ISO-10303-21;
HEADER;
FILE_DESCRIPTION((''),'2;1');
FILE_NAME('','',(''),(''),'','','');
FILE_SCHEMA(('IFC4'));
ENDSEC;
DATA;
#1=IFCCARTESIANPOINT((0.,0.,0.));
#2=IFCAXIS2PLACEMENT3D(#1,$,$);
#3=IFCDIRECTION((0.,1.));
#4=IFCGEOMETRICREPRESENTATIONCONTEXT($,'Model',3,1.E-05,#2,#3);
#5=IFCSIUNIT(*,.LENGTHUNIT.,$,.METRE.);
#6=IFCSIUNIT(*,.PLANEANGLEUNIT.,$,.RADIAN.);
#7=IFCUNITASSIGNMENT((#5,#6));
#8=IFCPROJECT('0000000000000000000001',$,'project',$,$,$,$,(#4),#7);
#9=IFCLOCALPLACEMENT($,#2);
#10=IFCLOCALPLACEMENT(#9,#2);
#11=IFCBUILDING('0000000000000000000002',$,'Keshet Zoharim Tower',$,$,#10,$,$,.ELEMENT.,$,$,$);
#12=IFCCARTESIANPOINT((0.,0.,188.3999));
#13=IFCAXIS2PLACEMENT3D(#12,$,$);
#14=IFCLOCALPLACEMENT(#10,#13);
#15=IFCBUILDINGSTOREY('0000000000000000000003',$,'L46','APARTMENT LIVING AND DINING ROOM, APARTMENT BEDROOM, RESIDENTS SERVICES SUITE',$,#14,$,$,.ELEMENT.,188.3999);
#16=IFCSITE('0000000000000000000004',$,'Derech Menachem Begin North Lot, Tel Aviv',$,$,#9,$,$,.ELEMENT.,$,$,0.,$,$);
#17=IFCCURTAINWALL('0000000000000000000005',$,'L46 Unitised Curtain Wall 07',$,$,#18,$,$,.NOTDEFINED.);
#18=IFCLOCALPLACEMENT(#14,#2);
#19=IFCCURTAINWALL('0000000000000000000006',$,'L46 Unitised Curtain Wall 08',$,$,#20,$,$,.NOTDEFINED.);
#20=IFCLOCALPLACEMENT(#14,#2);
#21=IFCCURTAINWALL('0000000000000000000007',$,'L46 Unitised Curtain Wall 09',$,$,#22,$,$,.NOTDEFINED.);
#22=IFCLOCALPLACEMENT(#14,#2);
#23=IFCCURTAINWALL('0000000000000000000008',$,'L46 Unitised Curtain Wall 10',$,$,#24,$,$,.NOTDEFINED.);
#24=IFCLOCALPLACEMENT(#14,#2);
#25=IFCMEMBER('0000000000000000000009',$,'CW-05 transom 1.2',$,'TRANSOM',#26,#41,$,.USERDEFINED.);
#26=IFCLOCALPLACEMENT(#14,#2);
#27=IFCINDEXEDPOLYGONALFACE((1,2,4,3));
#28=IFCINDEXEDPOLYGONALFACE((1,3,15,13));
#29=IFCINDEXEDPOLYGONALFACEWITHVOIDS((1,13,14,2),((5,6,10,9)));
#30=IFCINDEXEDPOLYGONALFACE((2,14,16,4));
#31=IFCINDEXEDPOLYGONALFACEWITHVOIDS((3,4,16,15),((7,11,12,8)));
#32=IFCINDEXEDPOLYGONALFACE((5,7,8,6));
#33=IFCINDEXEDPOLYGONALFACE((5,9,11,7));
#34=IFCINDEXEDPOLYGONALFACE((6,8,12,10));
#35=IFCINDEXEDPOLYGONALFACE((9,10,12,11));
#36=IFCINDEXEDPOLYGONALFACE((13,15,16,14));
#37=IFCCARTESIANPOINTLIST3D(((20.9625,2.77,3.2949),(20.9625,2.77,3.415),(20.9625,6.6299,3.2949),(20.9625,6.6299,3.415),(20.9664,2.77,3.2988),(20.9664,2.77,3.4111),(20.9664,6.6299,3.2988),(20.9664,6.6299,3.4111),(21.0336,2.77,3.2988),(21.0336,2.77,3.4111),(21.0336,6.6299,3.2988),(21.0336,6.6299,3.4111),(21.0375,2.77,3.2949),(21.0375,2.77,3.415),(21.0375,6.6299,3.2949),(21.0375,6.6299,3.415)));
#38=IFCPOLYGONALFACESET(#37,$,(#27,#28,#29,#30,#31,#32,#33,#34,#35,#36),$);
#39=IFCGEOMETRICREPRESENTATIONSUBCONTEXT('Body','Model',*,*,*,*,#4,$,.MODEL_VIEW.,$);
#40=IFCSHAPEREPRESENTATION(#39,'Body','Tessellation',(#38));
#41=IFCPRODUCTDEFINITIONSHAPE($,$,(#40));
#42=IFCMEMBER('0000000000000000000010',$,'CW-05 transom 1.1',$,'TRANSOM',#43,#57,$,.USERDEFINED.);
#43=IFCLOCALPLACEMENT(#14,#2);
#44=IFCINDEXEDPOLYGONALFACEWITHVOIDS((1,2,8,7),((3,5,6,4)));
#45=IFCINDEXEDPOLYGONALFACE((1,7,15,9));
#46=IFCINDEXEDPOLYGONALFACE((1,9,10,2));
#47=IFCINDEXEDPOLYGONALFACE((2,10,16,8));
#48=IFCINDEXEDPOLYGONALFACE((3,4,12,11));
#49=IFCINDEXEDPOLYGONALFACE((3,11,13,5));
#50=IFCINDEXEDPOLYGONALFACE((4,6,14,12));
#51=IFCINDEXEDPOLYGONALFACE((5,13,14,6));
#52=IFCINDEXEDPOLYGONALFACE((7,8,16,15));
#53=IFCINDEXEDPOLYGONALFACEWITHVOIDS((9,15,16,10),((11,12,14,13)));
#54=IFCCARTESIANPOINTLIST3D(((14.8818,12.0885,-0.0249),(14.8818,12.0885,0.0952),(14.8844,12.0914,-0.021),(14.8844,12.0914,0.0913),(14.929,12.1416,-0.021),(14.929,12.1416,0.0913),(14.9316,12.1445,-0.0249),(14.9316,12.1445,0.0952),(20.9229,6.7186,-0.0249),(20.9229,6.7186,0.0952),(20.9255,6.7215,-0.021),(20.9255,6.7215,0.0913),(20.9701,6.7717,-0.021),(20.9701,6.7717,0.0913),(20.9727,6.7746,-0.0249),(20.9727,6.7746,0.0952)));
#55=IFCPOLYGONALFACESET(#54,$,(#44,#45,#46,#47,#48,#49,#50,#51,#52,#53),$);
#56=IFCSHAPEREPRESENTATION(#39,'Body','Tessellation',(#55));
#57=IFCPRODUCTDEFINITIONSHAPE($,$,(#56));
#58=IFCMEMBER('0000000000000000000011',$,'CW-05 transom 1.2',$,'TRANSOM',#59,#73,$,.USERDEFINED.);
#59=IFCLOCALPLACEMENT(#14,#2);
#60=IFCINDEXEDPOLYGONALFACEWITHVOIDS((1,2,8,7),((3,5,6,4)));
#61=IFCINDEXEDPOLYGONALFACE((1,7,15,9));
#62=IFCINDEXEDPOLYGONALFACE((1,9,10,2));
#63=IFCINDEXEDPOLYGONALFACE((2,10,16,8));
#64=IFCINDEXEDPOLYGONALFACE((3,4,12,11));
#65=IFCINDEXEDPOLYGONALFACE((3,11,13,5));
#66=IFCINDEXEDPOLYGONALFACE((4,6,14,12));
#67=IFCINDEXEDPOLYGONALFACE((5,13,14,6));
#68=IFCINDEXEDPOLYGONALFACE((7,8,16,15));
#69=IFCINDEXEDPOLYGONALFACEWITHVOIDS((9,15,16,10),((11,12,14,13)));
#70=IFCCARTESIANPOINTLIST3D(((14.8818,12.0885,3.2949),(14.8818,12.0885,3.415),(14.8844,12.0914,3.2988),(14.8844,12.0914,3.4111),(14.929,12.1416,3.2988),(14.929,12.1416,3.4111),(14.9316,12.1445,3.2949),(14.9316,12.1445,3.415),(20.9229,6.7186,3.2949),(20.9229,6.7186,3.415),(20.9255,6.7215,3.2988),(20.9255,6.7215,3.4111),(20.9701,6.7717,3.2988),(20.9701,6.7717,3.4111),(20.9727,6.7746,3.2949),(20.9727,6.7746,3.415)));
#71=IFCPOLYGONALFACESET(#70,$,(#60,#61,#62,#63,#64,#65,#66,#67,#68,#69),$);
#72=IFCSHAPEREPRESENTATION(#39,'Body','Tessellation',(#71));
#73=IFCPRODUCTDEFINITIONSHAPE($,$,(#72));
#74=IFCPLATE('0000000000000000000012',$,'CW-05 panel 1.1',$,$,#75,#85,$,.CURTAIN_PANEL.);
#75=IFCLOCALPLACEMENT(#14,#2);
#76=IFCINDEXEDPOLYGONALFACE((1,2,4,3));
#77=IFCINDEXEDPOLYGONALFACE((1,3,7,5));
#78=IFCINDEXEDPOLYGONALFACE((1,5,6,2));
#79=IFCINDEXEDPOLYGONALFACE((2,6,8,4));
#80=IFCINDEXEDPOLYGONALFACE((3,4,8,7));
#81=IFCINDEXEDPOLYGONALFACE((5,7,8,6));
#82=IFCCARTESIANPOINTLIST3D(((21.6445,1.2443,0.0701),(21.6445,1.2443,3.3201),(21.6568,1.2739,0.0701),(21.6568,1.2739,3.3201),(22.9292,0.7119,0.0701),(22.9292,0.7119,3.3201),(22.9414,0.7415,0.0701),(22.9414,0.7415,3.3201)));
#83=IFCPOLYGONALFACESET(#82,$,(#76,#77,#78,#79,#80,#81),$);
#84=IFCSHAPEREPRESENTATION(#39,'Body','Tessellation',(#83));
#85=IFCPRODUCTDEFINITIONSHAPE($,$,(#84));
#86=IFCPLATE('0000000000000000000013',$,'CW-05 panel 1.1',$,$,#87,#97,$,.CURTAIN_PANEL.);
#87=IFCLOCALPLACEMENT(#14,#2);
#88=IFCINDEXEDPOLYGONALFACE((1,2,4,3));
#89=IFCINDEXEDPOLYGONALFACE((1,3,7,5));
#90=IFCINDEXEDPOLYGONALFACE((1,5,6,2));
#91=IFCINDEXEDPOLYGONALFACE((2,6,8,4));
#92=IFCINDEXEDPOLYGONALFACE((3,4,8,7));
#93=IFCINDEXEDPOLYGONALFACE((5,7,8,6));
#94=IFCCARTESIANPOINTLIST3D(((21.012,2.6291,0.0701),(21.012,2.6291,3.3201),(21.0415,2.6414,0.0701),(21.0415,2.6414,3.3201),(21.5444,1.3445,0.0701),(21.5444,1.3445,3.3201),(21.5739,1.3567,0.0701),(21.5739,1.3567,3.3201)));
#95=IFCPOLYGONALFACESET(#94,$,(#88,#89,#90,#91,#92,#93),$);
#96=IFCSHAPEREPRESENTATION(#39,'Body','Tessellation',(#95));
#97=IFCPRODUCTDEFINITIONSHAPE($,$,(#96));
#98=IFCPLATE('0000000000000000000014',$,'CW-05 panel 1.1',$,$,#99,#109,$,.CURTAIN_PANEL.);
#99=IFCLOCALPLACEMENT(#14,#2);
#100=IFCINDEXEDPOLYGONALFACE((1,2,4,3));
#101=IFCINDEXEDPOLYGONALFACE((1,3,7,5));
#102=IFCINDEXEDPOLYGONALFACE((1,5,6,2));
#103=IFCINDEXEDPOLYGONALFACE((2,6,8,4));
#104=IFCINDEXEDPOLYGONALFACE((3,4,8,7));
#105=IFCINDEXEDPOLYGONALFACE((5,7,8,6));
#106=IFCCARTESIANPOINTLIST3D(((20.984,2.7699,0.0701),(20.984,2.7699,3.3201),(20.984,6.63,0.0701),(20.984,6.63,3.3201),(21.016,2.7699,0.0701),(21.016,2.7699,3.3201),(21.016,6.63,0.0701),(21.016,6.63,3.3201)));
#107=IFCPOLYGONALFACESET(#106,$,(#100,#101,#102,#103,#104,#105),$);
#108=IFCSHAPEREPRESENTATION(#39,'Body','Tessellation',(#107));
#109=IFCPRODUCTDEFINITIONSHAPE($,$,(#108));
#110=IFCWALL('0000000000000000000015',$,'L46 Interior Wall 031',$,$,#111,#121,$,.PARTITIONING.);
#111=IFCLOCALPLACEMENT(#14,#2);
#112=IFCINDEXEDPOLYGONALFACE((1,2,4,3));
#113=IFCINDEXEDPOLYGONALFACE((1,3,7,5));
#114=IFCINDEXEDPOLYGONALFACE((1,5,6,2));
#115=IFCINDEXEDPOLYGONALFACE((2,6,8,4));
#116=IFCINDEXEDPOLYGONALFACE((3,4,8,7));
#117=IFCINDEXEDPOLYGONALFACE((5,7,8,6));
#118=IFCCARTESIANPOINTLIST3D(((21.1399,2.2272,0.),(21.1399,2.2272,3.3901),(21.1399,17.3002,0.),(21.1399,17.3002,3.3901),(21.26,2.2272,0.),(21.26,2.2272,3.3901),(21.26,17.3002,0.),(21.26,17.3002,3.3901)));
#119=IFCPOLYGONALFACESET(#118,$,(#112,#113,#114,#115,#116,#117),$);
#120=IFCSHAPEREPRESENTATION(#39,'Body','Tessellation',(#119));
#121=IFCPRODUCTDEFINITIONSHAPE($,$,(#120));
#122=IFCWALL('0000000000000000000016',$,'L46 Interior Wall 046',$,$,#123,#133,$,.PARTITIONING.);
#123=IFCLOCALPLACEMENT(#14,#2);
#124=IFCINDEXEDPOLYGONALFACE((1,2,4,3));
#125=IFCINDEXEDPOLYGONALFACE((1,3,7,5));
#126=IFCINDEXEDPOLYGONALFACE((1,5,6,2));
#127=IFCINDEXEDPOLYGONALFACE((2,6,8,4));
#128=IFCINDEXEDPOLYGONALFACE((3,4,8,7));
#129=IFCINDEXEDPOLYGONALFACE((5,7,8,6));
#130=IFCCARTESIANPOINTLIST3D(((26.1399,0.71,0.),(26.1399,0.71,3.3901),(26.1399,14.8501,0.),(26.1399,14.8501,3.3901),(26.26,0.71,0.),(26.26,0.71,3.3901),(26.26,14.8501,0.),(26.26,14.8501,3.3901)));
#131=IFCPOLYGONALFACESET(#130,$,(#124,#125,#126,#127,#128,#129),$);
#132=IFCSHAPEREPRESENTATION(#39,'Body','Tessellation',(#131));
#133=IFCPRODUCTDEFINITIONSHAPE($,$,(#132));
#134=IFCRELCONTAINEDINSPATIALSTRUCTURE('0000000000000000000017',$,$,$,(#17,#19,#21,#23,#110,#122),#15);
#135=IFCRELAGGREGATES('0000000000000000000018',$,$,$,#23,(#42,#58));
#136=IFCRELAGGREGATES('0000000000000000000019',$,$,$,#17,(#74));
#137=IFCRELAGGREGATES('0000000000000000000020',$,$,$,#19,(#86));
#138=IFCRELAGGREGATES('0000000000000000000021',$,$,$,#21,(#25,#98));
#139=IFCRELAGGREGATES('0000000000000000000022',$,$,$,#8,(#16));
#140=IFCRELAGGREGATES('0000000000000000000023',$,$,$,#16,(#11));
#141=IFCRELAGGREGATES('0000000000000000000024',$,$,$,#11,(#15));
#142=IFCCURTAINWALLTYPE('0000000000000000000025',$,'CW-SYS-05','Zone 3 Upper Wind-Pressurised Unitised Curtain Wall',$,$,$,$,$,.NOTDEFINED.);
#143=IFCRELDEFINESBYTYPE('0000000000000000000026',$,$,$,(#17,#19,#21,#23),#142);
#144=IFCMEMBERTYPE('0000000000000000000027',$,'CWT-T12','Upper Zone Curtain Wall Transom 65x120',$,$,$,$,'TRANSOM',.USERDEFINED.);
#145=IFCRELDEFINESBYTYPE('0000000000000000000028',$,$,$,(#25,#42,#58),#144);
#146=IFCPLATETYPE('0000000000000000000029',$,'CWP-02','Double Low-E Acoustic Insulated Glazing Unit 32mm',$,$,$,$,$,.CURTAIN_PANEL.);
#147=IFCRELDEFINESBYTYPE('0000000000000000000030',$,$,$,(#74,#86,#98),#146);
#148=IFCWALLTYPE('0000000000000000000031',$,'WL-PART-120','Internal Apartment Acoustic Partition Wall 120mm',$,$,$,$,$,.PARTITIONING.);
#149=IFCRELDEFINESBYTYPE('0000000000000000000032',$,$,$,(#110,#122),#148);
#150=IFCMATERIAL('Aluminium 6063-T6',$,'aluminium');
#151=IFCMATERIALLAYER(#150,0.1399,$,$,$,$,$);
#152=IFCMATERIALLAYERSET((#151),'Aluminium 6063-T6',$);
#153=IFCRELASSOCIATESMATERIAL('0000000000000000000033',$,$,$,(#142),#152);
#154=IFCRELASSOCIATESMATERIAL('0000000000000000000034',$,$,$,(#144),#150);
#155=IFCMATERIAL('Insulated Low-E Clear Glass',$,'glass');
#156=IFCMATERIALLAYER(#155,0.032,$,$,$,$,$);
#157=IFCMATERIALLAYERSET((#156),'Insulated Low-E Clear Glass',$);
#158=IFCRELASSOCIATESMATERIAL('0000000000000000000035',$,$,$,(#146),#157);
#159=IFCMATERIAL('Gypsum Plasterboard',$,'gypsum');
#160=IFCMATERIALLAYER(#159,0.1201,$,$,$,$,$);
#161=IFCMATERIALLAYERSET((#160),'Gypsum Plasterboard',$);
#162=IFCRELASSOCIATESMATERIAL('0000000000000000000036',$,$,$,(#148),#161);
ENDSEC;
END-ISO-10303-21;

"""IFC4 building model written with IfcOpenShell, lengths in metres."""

from ifc_helpers import new_model, si_unit, direction, frame, frame_2d, origin, origin_2d, place, context, subcontext, project, spatial, rectangle, hollow_rectangle, extrude, material, layer, layer_set, material_profile, profile_set, type_object, element, aggregate, save


model = new_model("IFC4")

# Units and contexts
model_context = context("Model", 3, precision=1e-05, world=origin(), true_north=direction((0.0, 1.0)))
body_context = subcontext(model_context, "Body", "Model", "MODEL_VIEW")
ifc_project = project(units=[si_unit("LENGTHUNIT", "METRE"), si_unit("PLANEANGLEUNIT", "RADIAN")], contexts=[model_context])

# Site, building, storey
site_placement = place(None, origin())
site = spatial("IfcSite", under=ifc_project, at=site_placement, Name="Derech Menachem Begin North Lot, Tel Aviv", CompositionType="ELEMENT", RefElevation=0.0)
building_placement = place(site_placement, origin())
building = spatial("IfcBuilding", under=site, at=building_placement, Name="Keshet Zoharim Tower", CompositionType="ELEMENT")
storey_placement = place(building_placement, frame((0.0, 0.0, 188.3999)))
storey = spatial("IfcBuildingStorey", under=building, at=storey_placement, Name="L46", Description="APARTMENT LIVING AND DINING ROOM, APARTMENT BEDROOM, RESIDENTS SERVICES SUITE", CompositionType="ELEMENT", Elevation=188.3999)

# Shared definitions
ifc_material_1 = material(Name="Aluminium 6063-T6", Category="aluminium")
ifc_layer_1 = layer(ifc_material_1, 0.1399)
ifc_layer_set_1 = layer_set([ifc_layer_1], Name="Aluminium 6063-T6")
curtain_wall_type = type_object("IfcCurtainWallType", Name="CW-SYS-05", Description="Zone 3 Upper Wind-Pressurised Unitised Curtain Wall", PredefinedType="NOTDEFINED", material=ifc_layer_set_1)

# Curtain walls
curtain_wall_1_placement = place(storey_placement, origin())
curtain_wall_1 = element("IfcCurtainWall", 1, at=curtain_wall_1_placement, inside=storey, type_object=curtain_wall_type, Name="L46 Unitised Curtain Wall 07", PredefinedType="NOTDEFINED")
curtain_wall_2_placement = place(storey_placement, origin())
curtain_wall_2 = element("IfcCurtainWall", 2, at=curtain_wall_2_placement, inside=storey, type_object=curtain_wall_type, Name="L46 Unitised Curtain Wall 08", PredefinedType="NOTDEFINED")
curtain_wall_3_placement = place(storey_placement, origin())
curtain_wall_3 = element("IfcCurtainWall", 3, at=curtain_wall_3_placement, inside=storey, type_object=curtain_wall_type, Name="L46 Unitised Curtain Wall 09", PredefinedType="NOTDEFINED")

# Curtain wall
curtain_wall_4_placement = place(storey_placement, origin())
curtain_wall_4 = element("IfcCurtainWall", 4, at=curtain_wall_4_placement, inside=storey, type_object=curtain_wall_type, Name="L46 Unitised Curtain Wall 10", PredefinedType="NOTDEFINED")

# Members
ifc_material_profile_1 = material_profile(ifc_material_1, hollow_rectangle(XDim=0.075, YDim=0.1201, WallThickness=0.0039, at=origin_2d()), Name="TRN-75x120")
ifc_profile_set_1 = profile_set([ifc_material_profile_1], Name="Aluminium 6063-T6")
member_type_1 = type_object("IfcMemberType", Name="CWT-T12", Description="Upper Zone Curtain Wall Transom 65x120", ElementType="TRANSOM", PredefinedType="USERDEFINED", material=ifc_profile_set_1)
member_1_placement = place(storey_placement, frame((21.0, 2.77, 3.355), z_axis=(0.0, 1.0, 0.0), x_axis=(-1.0, 0.0, 0.0)))
member_1 = element("IfcMember", 5, at=member_1_placement, type_object=member_type_1, Name="CW-05 transom 1.2", ObjectType="TRANSOM", PredefinedType="USERDEFINED", context=body_context, shape_type="SweptSolid", body=[
    extrude(hollow_rectangle(XDim=0.075, YDim=0.1201, WallThickness=0.0039, at=origin_2d()), origin(), (0.0, 0.0, 1.0), 3.8599),
])
member_2_placement = place(storey_placement, frame((20.9478, 6.7466, 0.0352), z_axis=(-0.747404, 0.664369, 0.0), x_axis=(-0.664369, -0.747404, 0.0)))
member_2 = element("IfcMember", 6, at=member_2_placement, type_object=member_type_1, Name="CW-05 transom 1.1", ObjectType="TRANSOM", PredefinedType="USERDEFINED", context=body_context, shape_type="SweptSolid", body=[
    extrude(hollow_rectangle(XDim=0.075, YDim=0.1201, WallThickness=0.0039, at=origin_2d()), origin(), (0.0, 0.0, 1.0), 8.0828),
])
member_3_placement = place(storey_placement, frame((20.9478, 6.7466, 3.355), z_axis=(-0.747404, 0.664369, 0.0), x_axis=(-0.664369, -0.747404, 0.0)))
member_3 = element("IfcMember", 7, at=member_3_placement, type_object=member_type_1, Name="CW-05 transom 1.2", ObjectType="TRANSOM", PredefinedType="USERDEFINED", context=body_context, shape_type="SweptSolid", body=[
    extrude(hollow_rectangle(XDim=0.075, YDim=0.1201, WallThickness=0.0039, at=origin_2d()), origin(), (0.0, 0.0, 1.0), 8.0828),
])
aggregate(curtain_wall_4, [member_2, member_3])

# Plates
ifc_material_2 = material(Name="Insulated Low-E Clear Glass", Category="glass")
ifc_layer_2 = layer(ifc_material_2, 0.032)
ifc_layer_set_2 = layer_set([ifc_layer_2], Name="Insulated Low-E Clear Glass")
plate_type = type_object("IfcPlateType", Name="CWP-02", Description="Double Low-E Acoustic Insulated Glazing Unit 32mm", PredefinedType="CURTAIN_PANEL", material=ifc_layer_set_2)
plate_1_placement = place(storey_placement, frame((22.293, 0.9929, 0.0701), z_axis=(0.0, 0.0, 1.0), x_axis=(-0.92381, 0.382852, 0.0)))
plate_1 = element("IfcPlate", 8, at=plate_1_placement, type_object=plate_type, Name="CW-05 panel 1.1", PredefinedType="CURTAIN_PANEL", context=body_context, shape_type="SweptSolid", body=[
    extrude(rectangle(XDim=1.3906, YDim=0.032, at=origin_2d()), origin(), (0.0, 0.0, 1.0), 3.25),
])
aggregate(curtain_wall_1, [plate_1])
plate_2_placement = place(storey_placement, frame((21.293, 1.9929, 0.0701), z_axis=(0.0, 0.0, 1.0), x_axis=(-0.382852, 0.92381, 0.0)))
plate_2 = element("IfcPlate", 9, at=plate_2_placement, type_object=plate_type, Name="CW-05 panel 1.1", PredefinedType="CURTAIN_PANEL", context=body_context, shape_type="SweptSolid", body=[
    extrude(rectangle(XDim=1.3906, YDim=0.032, at=origin_2d()), origin(), (0.0, 0.0, 1.0), 3.25),
])
aggregate(curtain_wall_2, [plate_2])
plate_3_placement = place(storey_placement, frame((21.0, 4.7, 0.0701), z_axis=(0.0, 0.0, 1.0), x_axis=(0.0, 1.0, 0.0)))
plate_3 = element("IfcPlate", 10, at=plate_3_placement, type_object=plate_type, Name="CW-05 panel 1.1", PredefinedType="CURTAIN_PANEL", context=body_context, shape_type="SweptSolid", body=[
    extrude(rectangle(XDim=3.8601, YDim=0.032, at=origin_2d()), origin(), (0.0, 0.0, 1.0), 3.25),
])
aggregate(curtain_wall_3, [member_1, plate_3])

# Walls
ifc_material_3 = material(Name="Gypsum Plasterboard", Category="gypsum")
ifc_layer_3 = layer(ifc_material_3, 0.1201)
ifc_layer_set_3 = layer_set([ifc_layer_3], Name="Gypsum Plasterboard")
wall_type = type_object("IfcWallType", Name="WL-PART-120", Description="Internal Apartment Acoustic Partition Wall 120mm", PredefinedType="PARTITIONING", material=ifc_layer_set_3)
wall_1_placement = place(storey_placement, frame((21.2, 2.2271, 0.0), z_axis=(0.0, 0.0, 1.0), x_axis=(0.0, 1.0, 0.0)))
element("IfcWall", 11, at=wall_1_placement, inside=storey, type_object=wall_type, Name="L46 Interior Wall 031", PredefinedType="PARTITIONING", context=body_context, shape_type="SweptSolid", body=[
    extrude(rectangle(XDim=15.073, YDim=0.1201, at=frame_2d((7.5366, 0.0))), origin(), (0.0, 0.0, 1.0), 3.3901),
])
wall_2_placement = place(storey_placement, frame((26.2, 0.71, 0.0), z_axis=(0.0, 0.0, 1.0), x_axis=(0.0, 1.0, 0.0)))
element("IfcWall", 12, at=wall_2_placement, inside=storey, type_object=wall_type, Name="L46 Interior Wall 046", PredefinedType="PARTITIONING", context=body_context, shape_type="SweptSolid", body=[
    extrude(rectangle(XDim=14.1401, YDim=0.1201, at=frame_2d((7.0701, 0.0))), origin(), (0.0, 0.0, 1.0), 3.3901),
])

save(model, "model.ifc")
